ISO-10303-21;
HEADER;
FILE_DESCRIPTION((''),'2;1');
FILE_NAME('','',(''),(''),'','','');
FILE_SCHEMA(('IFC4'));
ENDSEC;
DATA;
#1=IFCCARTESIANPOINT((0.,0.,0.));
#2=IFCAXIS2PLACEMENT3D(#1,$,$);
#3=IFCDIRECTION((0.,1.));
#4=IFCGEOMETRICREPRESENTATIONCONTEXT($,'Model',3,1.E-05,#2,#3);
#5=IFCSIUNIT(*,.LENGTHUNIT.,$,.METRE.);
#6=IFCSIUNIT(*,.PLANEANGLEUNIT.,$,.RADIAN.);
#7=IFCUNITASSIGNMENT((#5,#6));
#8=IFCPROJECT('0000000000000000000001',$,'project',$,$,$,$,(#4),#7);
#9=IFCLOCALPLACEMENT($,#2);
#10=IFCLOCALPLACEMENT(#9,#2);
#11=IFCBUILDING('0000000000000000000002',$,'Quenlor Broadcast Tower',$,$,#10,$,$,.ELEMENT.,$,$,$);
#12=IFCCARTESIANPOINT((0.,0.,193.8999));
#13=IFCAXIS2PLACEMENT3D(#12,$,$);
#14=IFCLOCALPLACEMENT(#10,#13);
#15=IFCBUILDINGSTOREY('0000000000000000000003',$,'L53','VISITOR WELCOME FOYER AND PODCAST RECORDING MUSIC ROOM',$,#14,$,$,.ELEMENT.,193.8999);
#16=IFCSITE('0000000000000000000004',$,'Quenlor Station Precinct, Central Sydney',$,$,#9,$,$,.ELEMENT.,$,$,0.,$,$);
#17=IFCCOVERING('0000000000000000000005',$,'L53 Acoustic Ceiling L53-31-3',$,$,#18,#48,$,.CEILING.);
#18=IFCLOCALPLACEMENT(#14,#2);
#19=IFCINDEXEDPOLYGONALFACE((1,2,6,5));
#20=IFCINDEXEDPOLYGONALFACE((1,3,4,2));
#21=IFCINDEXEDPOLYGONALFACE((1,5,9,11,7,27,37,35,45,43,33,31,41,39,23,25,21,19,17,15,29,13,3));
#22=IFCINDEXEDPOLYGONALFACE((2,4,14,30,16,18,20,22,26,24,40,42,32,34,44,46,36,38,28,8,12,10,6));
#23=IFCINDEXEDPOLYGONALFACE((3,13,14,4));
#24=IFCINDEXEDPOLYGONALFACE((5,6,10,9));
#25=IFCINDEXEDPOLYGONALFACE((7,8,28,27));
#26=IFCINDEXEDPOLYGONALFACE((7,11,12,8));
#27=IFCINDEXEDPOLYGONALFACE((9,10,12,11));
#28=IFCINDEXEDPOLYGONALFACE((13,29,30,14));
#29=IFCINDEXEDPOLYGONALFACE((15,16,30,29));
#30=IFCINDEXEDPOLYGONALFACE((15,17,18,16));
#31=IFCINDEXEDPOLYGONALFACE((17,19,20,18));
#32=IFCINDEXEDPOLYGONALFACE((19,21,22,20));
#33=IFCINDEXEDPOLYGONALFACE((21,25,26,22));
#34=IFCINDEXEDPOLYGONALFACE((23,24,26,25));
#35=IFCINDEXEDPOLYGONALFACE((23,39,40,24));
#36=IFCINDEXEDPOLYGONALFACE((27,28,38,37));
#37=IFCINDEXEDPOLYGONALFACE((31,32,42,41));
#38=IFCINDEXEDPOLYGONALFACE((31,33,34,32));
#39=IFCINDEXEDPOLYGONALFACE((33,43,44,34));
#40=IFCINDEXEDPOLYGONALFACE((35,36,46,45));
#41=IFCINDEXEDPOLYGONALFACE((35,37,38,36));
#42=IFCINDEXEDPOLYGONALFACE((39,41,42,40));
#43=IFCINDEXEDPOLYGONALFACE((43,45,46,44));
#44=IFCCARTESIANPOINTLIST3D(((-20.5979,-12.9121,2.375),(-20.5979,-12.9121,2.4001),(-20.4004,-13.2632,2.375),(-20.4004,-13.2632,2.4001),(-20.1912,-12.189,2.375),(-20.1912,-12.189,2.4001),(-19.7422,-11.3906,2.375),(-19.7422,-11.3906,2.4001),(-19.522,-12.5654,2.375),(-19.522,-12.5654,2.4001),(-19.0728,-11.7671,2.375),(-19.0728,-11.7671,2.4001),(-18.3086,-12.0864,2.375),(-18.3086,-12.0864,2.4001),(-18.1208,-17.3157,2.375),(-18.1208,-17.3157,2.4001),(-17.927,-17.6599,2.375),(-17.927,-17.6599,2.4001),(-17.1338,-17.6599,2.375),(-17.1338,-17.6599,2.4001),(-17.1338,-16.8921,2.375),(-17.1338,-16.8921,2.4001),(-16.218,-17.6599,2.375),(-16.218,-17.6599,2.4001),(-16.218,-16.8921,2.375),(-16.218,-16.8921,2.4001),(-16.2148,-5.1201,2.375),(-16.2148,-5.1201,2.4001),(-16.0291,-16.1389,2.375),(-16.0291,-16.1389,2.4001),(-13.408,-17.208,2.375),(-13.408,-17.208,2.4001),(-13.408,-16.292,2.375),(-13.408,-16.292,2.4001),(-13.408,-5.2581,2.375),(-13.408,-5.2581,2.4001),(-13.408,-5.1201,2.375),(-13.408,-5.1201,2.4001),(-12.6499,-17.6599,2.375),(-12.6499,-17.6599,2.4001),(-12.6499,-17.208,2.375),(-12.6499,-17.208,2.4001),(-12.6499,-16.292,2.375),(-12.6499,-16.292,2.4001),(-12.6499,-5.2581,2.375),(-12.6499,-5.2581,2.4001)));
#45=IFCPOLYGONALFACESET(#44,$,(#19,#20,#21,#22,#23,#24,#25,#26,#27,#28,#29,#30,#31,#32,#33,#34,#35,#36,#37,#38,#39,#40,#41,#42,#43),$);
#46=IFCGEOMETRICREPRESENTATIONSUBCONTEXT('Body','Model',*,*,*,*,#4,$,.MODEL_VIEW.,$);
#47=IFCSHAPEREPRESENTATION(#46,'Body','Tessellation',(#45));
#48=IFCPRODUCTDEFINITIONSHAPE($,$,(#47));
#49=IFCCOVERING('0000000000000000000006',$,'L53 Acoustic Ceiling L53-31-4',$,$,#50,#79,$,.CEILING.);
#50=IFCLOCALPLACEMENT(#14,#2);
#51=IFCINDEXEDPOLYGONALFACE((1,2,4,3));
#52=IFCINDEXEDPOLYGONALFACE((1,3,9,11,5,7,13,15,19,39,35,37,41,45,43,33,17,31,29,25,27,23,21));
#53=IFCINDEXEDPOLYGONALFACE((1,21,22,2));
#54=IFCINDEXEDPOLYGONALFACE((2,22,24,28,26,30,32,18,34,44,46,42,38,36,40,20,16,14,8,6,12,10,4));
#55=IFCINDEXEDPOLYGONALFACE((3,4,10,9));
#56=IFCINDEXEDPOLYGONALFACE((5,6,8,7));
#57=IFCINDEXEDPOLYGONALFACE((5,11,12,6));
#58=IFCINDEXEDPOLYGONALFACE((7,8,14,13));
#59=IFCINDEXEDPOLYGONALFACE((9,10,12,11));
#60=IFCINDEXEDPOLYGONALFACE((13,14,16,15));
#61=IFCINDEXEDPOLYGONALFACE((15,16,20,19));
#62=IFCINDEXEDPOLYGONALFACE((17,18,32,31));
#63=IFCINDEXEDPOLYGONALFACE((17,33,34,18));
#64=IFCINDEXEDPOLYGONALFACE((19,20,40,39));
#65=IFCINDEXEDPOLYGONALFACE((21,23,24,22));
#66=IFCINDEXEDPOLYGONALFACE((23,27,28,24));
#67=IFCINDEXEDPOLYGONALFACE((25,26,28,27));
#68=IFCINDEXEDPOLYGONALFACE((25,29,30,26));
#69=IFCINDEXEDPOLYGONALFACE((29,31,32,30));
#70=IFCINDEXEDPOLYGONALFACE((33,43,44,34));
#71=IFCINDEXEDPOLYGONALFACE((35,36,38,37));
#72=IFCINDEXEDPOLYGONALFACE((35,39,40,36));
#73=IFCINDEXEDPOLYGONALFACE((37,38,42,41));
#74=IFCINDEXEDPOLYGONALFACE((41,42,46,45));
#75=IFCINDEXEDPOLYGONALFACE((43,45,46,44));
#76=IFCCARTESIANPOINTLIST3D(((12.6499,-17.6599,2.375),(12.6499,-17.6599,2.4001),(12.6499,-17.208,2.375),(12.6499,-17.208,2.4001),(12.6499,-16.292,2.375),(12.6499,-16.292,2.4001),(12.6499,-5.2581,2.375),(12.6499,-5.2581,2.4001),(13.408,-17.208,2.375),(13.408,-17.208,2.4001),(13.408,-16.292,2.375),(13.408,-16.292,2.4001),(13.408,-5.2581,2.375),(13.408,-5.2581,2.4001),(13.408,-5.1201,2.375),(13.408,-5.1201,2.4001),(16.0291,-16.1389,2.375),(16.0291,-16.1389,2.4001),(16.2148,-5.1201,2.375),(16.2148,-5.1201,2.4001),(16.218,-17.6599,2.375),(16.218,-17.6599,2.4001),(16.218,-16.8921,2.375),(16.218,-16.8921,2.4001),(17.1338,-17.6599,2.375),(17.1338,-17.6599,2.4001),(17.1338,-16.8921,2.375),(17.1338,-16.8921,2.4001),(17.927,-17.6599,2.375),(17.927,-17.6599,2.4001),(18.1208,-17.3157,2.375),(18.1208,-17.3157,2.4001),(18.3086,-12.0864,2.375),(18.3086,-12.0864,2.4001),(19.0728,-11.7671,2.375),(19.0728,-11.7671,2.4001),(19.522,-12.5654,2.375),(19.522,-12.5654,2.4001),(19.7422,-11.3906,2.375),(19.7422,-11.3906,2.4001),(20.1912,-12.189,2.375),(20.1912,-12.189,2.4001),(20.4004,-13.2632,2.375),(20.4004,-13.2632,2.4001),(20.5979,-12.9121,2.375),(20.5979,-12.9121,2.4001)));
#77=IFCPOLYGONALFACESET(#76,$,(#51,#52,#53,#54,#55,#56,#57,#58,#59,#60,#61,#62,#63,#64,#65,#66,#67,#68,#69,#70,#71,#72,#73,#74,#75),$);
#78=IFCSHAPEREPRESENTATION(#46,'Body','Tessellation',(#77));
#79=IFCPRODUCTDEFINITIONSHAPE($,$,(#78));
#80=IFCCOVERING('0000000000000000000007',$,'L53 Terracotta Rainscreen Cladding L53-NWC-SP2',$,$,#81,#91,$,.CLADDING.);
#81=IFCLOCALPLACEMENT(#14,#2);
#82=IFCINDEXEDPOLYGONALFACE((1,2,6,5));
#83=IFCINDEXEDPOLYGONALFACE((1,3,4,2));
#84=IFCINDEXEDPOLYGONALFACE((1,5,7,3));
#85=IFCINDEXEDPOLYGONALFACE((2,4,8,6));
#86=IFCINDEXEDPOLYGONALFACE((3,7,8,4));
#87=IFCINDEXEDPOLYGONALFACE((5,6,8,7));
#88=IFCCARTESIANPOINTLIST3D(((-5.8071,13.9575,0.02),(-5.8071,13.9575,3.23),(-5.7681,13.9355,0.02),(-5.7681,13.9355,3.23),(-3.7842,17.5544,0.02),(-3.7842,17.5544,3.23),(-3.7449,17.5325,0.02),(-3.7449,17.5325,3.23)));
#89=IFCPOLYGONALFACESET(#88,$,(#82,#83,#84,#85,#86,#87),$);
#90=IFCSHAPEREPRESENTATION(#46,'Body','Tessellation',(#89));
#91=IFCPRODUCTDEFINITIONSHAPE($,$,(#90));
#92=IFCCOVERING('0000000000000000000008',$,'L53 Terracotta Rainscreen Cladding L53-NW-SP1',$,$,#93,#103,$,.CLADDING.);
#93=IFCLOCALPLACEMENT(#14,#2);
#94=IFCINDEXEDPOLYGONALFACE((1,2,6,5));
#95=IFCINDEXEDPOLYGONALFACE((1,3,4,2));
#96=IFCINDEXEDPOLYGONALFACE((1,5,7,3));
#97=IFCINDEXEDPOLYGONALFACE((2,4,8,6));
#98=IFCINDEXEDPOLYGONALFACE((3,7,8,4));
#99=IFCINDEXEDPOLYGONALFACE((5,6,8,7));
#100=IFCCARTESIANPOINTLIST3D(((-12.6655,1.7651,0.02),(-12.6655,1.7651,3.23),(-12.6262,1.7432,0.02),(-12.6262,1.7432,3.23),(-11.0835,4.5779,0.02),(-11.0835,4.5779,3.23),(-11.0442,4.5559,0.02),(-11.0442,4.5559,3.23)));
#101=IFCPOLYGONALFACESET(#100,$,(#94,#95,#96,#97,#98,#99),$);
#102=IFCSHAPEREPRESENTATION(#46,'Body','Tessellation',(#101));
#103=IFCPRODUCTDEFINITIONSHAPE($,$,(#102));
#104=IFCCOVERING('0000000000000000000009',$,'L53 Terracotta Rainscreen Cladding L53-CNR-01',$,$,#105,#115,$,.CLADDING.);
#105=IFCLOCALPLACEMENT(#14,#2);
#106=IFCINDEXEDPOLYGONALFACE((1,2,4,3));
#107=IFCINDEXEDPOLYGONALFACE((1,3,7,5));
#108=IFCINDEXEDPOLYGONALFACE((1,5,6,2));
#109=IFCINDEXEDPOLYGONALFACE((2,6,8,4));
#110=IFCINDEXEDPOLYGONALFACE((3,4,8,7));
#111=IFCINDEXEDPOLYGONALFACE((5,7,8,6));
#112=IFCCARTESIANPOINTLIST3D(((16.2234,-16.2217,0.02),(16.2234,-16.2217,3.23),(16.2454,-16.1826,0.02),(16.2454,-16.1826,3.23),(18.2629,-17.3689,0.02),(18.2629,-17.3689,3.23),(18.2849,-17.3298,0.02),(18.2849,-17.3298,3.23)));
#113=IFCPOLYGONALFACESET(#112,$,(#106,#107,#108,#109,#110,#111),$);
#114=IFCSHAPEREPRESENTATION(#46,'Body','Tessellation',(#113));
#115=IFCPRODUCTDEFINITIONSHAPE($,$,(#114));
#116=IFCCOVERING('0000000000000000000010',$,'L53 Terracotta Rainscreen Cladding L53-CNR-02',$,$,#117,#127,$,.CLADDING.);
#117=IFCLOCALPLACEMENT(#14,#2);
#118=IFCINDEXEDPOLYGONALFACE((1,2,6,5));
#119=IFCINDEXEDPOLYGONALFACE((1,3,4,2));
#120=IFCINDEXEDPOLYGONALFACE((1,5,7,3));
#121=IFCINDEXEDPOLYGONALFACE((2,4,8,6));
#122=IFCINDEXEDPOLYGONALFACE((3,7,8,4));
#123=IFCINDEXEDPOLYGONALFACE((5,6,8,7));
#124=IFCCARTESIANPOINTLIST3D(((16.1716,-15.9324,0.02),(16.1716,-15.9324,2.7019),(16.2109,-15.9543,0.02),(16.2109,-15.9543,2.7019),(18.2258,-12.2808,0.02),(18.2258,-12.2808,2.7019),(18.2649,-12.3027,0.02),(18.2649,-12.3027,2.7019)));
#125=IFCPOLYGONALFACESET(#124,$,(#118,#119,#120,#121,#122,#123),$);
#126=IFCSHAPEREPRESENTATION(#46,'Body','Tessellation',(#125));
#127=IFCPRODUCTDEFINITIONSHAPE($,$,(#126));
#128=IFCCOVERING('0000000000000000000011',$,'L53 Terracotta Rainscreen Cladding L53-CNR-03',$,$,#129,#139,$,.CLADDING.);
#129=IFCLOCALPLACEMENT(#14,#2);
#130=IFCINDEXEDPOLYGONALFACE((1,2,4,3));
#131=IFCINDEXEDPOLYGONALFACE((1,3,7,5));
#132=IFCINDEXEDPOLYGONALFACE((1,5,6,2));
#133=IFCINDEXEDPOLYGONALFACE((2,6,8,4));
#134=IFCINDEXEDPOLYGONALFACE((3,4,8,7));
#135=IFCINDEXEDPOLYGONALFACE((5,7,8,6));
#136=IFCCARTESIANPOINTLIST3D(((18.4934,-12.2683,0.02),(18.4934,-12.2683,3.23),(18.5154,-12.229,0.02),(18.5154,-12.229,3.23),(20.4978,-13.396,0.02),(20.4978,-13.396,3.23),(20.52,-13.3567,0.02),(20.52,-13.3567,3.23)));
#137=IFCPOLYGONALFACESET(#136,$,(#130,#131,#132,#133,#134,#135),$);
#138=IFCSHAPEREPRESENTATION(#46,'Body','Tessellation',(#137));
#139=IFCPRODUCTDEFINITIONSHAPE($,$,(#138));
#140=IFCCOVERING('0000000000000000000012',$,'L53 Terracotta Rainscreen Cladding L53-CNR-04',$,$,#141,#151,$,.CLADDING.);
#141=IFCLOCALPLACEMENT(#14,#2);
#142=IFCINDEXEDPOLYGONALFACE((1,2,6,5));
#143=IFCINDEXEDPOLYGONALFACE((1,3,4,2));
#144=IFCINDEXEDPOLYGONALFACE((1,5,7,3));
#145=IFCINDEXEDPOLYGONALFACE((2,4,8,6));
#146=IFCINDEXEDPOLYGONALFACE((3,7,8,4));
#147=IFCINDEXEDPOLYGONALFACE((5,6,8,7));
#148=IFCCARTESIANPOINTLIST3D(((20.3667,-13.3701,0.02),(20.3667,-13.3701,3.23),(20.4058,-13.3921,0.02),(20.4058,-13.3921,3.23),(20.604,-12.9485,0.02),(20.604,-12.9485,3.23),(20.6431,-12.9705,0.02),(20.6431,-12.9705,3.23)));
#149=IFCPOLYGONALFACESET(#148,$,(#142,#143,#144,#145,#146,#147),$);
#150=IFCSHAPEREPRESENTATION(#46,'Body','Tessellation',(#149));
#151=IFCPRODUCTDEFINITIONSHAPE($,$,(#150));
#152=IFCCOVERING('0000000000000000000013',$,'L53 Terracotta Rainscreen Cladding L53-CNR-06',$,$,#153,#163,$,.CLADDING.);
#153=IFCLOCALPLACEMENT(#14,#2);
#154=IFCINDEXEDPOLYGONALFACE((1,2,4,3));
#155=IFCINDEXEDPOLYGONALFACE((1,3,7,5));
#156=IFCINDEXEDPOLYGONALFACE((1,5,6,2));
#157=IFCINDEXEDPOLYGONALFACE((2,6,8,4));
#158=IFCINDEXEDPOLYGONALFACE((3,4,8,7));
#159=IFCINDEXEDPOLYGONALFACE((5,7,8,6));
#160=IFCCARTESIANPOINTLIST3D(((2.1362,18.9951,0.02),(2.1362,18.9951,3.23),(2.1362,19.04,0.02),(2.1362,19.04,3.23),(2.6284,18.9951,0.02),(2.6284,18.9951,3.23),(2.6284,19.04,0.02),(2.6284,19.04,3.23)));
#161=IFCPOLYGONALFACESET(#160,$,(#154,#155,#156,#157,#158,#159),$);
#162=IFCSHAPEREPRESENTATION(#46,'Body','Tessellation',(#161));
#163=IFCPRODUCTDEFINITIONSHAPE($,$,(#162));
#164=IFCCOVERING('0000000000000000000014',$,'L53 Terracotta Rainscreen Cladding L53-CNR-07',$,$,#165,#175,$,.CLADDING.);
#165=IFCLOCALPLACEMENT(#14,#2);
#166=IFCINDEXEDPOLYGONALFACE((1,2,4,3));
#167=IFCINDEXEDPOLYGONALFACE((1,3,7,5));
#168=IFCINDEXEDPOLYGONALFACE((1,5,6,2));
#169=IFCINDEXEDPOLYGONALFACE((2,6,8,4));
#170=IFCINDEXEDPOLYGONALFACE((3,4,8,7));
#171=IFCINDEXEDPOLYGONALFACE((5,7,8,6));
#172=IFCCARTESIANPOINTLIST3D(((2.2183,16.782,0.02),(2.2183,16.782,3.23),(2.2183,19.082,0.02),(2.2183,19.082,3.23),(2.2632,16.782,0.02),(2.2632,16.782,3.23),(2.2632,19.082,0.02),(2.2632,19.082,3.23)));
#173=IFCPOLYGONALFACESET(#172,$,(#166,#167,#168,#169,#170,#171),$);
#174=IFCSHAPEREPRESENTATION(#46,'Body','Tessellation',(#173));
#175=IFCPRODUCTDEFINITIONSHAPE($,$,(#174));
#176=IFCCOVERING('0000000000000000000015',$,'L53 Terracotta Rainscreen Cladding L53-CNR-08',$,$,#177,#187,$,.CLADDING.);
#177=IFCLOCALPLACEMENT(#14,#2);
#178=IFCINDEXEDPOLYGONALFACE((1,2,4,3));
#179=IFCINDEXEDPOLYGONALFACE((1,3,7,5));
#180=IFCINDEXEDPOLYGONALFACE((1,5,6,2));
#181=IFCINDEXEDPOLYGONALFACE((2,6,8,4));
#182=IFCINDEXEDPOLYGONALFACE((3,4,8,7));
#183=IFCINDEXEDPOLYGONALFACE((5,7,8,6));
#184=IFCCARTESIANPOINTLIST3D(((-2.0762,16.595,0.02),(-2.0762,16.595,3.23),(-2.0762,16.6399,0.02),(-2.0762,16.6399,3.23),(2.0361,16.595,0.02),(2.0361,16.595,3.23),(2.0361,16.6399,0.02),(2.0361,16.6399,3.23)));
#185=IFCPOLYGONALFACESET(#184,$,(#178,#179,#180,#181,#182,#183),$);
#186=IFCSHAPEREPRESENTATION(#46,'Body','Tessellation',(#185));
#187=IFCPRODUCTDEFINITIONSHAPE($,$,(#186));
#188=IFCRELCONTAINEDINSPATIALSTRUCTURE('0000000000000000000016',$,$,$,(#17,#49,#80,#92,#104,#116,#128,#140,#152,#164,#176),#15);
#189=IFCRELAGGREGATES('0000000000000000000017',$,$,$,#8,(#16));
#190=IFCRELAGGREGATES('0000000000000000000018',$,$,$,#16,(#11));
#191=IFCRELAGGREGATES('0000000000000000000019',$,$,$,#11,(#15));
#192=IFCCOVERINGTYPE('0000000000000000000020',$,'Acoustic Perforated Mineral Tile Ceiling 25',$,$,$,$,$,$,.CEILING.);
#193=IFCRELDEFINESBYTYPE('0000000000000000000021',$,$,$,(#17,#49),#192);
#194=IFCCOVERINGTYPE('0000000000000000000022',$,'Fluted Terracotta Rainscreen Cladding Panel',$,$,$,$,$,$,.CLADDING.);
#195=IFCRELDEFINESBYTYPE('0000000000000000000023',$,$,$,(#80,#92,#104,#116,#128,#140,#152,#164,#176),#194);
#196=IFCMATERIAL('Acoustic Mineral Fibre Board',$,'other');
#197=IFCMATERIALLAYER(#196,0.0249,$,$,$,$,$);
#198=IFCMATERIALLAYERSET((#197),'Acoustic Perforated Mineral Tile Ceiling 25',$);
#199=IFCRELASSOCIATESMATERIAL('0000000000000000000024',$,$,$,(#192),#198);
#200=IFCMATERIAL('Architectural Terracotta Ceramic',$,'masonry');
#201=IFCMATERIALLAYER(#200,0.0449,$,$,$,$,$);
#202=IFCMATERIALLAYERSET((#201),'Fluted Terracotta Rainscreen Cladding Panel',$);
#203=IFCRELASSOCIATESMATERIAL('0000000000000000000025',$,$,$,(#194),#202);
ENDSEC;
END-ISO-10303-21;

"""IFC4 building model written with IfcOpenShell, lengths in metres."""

from ifc_helpers import new_model, si_unit, direction, frame, origin, place, context, subcontext, project, spatial, polyline, outline, extrude, material, layer, layer_set, type_object, element, save


model = new_model("IFC4")

# Units and contexts
model_context = context("Model", 3, precision=1e-05, world=origin(), true_north=direction((0.0, 1.0)))
body_context = subcontext(model_context, "Body", "Model", "MODEL_VIEW")
ifc_project = project(units=[si_unit("LENGTHUNIT", "METRE"), si_unit("PLANEANGLEUNIT", "RADIAN")], contexts=[model_context])

# Site, building, storey
site_placement = place(None, origin())
site = spatial("IfcSite", under=ifc_project, at=site_placement, Name="Quenlor Station Precinct, Central Sydney", CompositionType="ELEMENT", RefElevation=0.0)
building_placement = place(site_placement, origin())
building = spatial("IfcBuilding", under=site, at=building_placement, Name="Quenlor Broadcast Tower", CompositionType="ELEMENT")
storey_placement = place(building_placement, frame((0.0, 0.0, 193.8999)))
storey = spatial("IfcBuildingStorey", under=building, at=storey_placement, Name="L53", Description="VISITOR WELCOME FOYER AND PODCAST RECORDING MUSIC ROOM", CompositionType="ELEMENT", Elevation=193.8999)

# Coverings
ifc_material_1 = material(Name="Acoustic Mineral Fibre Board", Category="other")
ifc_layer_1 = layer(ifc_material_1, 0.0249)
ifc_layer_set_1 = layer_set([ifc_layer_1], Name="Acoustic Perforated Mineral Tile Ceiling 25")
covering_type_1 = type_object("IfcCoveringType", Name="Acoustic Perforated Mineral Tile Ceiling 25", PredefinedType="CEILING", material=ifc_layer_set_1)
covering_1_placement = place(storey_placement, frame((0.0, 0.0, 2.375)))
element("IfcCovering", 1, at=covering_1_placement, inside=storey, type_object=covering_type_1, Name="L53 Acoustic Ceiling L53-31-3", PredefinedType="CEILING", context=body_context, shape_type="SweptSolid", body=[
    extrude(outline(polyline([(-20.5979, -12.9121), (-20.1912, -12.189), (-19.522, -12.5654), (-19.0728, -11.7671), (-19.7422, -11.3906), (-16.2148, -5.1201), (-13.408, -5.1201), (-13.408, -5.2581), (-12.6499, -5.2581), (-12.6499, -16.292), (-13.408, -16.292), (-13.408, -17.208), (-12.6499, -17.208), (-12.6499, -17.6599), (-16.218, -17.6599), (-16.218, -16.8921), (-17.1338, -16.8921), (-17.1338, -17.6599), (-17.927, -17.6599), (-18.1208, -17.3157), (-16.0291, -16.1389), (-18.3086, -12.0864), (-20.4004, -13.2632), (-20.5979, -12.9121)])), origin(), (0.0, 0.0, 1.0), 0.0251),
])
covering_2_placement = place(storey_placement, frame((0.0, 0.0, 2.375)))
element("IfcCovering", 2, at=covering_2_placement, inside=storey, type_object=covering_type_1, Name="L53 Acoustic Ceiling L53-31-4", PredefinedType="CEILING", context=body_context, shape_type="SweptSolid", body=[
    extrude(outline(polyline([(13.408, -17.208), (13.408, -16.292), (12.6499, -16.292), (12.6499, -5.2581), (13.408, -5.2581), (13.408, -5.1201), (16.2148, -5.1201), (19.7422, -11.3906), (19.0728, -11.7671), (19.522, -12.5654), (20.1912, -12.189), (20.5979, -12.9121), (20.4004, -13.2632), (18.3086, -12.0864), (16.0291, -16.1389), (18.1208, -17.3157), (17.927, -17.6599), (17.1338, -17.6599), (17.1338, -16.8921), (16.218, -16.8921), (16.218, -17.6599), (12.6499, -17.6599), (12.6499, -17.208), (13.408, -17.208)])), origin(), (0.0, 0.0, 1.0), 0.0251),
])
ifc_material_2 = material(Name="Architectural Terracotta Ceramic", Category="masonry")
ifc_layer_2 = layer(ifc_material_2, 0.0449)
ifc_layer_set_2 = layer_set([ifc_layer_2], Name="Fluted Terracotta Rainscreen Cladding Panel")
covering_type_2 = type_object("IfcCoveringType", Name="Fluted Terracotta Rainscreen Cladding Panel", PredefinedType="CLADDING", material=ifc_layer_set_2)
covering_3_placement = place(storey_placement, frame((0.0, 0.0, 0.02)))
element("IfcCovering", 3, at=covering_3_placement, inside=storey, type_object=covering_type_2, Name="L53 Terracotta Rainscreen Cladding L53-NWC-SP2", PredefinedType="CLADDING", context=body_context, shape_type="SweptSolid", body=[
    extrude(outline(polyline([(-5.7681, 13.9355), (-3.7449, 17.5325), (-3.7842, 17.5544), (-5.8071, 13.9575), (-5.7681, 13.9355)])), origin(), (0.0, 0.0, 1.0), 3.21),
])
covering_4_placement = place(storey_placement, frame((0.0, 0.0, 0.02)))
element("IfcCovering", 4, at=covering_4_placement, inside=storey, type_object=covering_type_2, Name="L53 Terracotta Rainscreen Cladding L53-NW-SP1", PredefinedType="CLADDING", context=body_context, shape_type="SweptSolid", body=[
    extrude(outline(polyline([(-12.6262, 1.7432), (-11.0442, 4.5559), (-11.0835, 4.5779), (-12.6655, 1.7651), (-12.6262, 1.7432)])), origin(), (0.0, 0.0, 1.0), 3.21),
])
covering_5_placement = place(storey_placement, frame((0.0, 0.0, 0.02)))
element("IfcCovering", 5, at=covering_5_placement, inside=storey, type_object=covering_type_2, Name="L53 Terracotta Rainscreen Cladding L53-CNR-01", PredefinedType="CLADDING", context=body_context, shape_type="SweptSolid", body=[
    extrude(outline(polyline([(18.2849, -17.3298), (16.2454, -16.1826), (16.2234, -16.2217), (18.2629, -17.3689), (18.2849, -17.3298)])), origin(), (0.0, 0.0, 1.0), 3.21),
])
covering_6_placement = place(storey_placement, frame((0.0, 0.0, 0.02)))
element("IfcCovering", 6, at=covering_6_placement, inside=storey, type_object=covering_type_2, Name="L53 Terracotta Rainscreen Cladding L53-CNR-02", PredefinedType="CLADDING", context=body_context, shape_type="SweptSolid", body=[
    extrude(outline(polyline([(16.2109, -15.9543), (18.2649, -12.3027), (18.2258, -12.2808), (16.1716, -15.9324), (16.2109, -15.9543)])), origin(), (0.0, 0.0, 1.0), 2.6819),
])
covering_7_placement = place(storey_placement, frame((0.0, 0.0, 0.02)))
element("IfcCovering", 7, at=covering_7_placement, inside=storey, type_object=covering_type_2, Name="L53 Terracotta Rainscreen Cladding L53-CNR-03", PredefinedType="CLADDING", context=body_context, shape_type="SweptSolid", body=[
    extrude(outline(polyline([(18.4934, -12.2683), (20.4978, -13.396), (20.52, -13.3567), (18.5154, -12.229), (18.4934, -12.2683)])), origin(), (0.0, 0.0, 1.0), 3.21),
])
covering_8_placement = place(storey_placement, frame((0.0, 0.0, 0.02)))
element("IfcCovering", 8, at=covering_8_placement, inside=storey, type_object=covering_type_2, Name="L53 Terracotta Rainscreen Cladding L53-CNR-04", PredefinedType="CLADDING", context=body_context, shape_type="SweptSolid", body=[
    extrude(outline(polyline([(20.4058, -13.3921), (20.6431, -12.9705), (20.604, -12.9485), (20.3667, -13.3701), (20.4058, -13.3921)])), origin(), (0.0, 0.0, 1.0), 3.21),
])
covering_9_placement = place(storey_placement, frame((0.0, 0.0, 0.02)))
element("IfcCovering", 9, at=covering_9_placement, inside=storey, type_object=covering_type_2, Name="L53 Terracotta Rainscreen Cladding L53-CNR-06", PredefinedType="CLADDING", context=body_context, shape_type="SweptSolid", body=[
    extrude(outline(polyline([(2.6284, 19.04), (2.1362, 19.04), (2.1362, 18.9951), (2.6284, 18.9951), (2.6284, 19.04)])), origin(), (0.0, 0.0, 1.0), 3.21),
])
covering_10_placement = place(storey_placement, frame((0.0, 0.0, 0.02)))
element("IfcCovering", 10, at=covering_10_placement, inside=storey, type_object=covering_type_2, Name="L53 Terracotta Rainscreen Cladding L53-CNR-07", PredefinedType="CLADDING", context=body_context, shape_type="SweptSolid", body=[
    extrude(outline(polyline([(2.2183, 19.082), (2.2183, 16.782), (2.2632, 16.782), (2.2632, 19.082), (2.2183, 19.082)])), origin(), (0.0, 0.0, 1.0), 3.21),
])
covering_11_placement = place(storey_placement, frame((0.0, 0.0, 0.02)))
element("IfcCovering", 11, at=covering_11_placement, inside=storey, type_object=covering_type_2, Name="L53 Terracotta Rainscreen Cladding L53-CNR-08", PredefinedType="CLADDING", context=body_context, shape_type="SweptSolid", body=[
    extrude(outline(polyline([(2.0361, 16.6399), (-2.0762, 16.6399), (-2.0762, 16.595), (2.0361, 16.595), (2.0361, 16.6399)])), origin(), (0.0, 0.0, 1.0), 3.21),
])

save(model, "model.ifc")
